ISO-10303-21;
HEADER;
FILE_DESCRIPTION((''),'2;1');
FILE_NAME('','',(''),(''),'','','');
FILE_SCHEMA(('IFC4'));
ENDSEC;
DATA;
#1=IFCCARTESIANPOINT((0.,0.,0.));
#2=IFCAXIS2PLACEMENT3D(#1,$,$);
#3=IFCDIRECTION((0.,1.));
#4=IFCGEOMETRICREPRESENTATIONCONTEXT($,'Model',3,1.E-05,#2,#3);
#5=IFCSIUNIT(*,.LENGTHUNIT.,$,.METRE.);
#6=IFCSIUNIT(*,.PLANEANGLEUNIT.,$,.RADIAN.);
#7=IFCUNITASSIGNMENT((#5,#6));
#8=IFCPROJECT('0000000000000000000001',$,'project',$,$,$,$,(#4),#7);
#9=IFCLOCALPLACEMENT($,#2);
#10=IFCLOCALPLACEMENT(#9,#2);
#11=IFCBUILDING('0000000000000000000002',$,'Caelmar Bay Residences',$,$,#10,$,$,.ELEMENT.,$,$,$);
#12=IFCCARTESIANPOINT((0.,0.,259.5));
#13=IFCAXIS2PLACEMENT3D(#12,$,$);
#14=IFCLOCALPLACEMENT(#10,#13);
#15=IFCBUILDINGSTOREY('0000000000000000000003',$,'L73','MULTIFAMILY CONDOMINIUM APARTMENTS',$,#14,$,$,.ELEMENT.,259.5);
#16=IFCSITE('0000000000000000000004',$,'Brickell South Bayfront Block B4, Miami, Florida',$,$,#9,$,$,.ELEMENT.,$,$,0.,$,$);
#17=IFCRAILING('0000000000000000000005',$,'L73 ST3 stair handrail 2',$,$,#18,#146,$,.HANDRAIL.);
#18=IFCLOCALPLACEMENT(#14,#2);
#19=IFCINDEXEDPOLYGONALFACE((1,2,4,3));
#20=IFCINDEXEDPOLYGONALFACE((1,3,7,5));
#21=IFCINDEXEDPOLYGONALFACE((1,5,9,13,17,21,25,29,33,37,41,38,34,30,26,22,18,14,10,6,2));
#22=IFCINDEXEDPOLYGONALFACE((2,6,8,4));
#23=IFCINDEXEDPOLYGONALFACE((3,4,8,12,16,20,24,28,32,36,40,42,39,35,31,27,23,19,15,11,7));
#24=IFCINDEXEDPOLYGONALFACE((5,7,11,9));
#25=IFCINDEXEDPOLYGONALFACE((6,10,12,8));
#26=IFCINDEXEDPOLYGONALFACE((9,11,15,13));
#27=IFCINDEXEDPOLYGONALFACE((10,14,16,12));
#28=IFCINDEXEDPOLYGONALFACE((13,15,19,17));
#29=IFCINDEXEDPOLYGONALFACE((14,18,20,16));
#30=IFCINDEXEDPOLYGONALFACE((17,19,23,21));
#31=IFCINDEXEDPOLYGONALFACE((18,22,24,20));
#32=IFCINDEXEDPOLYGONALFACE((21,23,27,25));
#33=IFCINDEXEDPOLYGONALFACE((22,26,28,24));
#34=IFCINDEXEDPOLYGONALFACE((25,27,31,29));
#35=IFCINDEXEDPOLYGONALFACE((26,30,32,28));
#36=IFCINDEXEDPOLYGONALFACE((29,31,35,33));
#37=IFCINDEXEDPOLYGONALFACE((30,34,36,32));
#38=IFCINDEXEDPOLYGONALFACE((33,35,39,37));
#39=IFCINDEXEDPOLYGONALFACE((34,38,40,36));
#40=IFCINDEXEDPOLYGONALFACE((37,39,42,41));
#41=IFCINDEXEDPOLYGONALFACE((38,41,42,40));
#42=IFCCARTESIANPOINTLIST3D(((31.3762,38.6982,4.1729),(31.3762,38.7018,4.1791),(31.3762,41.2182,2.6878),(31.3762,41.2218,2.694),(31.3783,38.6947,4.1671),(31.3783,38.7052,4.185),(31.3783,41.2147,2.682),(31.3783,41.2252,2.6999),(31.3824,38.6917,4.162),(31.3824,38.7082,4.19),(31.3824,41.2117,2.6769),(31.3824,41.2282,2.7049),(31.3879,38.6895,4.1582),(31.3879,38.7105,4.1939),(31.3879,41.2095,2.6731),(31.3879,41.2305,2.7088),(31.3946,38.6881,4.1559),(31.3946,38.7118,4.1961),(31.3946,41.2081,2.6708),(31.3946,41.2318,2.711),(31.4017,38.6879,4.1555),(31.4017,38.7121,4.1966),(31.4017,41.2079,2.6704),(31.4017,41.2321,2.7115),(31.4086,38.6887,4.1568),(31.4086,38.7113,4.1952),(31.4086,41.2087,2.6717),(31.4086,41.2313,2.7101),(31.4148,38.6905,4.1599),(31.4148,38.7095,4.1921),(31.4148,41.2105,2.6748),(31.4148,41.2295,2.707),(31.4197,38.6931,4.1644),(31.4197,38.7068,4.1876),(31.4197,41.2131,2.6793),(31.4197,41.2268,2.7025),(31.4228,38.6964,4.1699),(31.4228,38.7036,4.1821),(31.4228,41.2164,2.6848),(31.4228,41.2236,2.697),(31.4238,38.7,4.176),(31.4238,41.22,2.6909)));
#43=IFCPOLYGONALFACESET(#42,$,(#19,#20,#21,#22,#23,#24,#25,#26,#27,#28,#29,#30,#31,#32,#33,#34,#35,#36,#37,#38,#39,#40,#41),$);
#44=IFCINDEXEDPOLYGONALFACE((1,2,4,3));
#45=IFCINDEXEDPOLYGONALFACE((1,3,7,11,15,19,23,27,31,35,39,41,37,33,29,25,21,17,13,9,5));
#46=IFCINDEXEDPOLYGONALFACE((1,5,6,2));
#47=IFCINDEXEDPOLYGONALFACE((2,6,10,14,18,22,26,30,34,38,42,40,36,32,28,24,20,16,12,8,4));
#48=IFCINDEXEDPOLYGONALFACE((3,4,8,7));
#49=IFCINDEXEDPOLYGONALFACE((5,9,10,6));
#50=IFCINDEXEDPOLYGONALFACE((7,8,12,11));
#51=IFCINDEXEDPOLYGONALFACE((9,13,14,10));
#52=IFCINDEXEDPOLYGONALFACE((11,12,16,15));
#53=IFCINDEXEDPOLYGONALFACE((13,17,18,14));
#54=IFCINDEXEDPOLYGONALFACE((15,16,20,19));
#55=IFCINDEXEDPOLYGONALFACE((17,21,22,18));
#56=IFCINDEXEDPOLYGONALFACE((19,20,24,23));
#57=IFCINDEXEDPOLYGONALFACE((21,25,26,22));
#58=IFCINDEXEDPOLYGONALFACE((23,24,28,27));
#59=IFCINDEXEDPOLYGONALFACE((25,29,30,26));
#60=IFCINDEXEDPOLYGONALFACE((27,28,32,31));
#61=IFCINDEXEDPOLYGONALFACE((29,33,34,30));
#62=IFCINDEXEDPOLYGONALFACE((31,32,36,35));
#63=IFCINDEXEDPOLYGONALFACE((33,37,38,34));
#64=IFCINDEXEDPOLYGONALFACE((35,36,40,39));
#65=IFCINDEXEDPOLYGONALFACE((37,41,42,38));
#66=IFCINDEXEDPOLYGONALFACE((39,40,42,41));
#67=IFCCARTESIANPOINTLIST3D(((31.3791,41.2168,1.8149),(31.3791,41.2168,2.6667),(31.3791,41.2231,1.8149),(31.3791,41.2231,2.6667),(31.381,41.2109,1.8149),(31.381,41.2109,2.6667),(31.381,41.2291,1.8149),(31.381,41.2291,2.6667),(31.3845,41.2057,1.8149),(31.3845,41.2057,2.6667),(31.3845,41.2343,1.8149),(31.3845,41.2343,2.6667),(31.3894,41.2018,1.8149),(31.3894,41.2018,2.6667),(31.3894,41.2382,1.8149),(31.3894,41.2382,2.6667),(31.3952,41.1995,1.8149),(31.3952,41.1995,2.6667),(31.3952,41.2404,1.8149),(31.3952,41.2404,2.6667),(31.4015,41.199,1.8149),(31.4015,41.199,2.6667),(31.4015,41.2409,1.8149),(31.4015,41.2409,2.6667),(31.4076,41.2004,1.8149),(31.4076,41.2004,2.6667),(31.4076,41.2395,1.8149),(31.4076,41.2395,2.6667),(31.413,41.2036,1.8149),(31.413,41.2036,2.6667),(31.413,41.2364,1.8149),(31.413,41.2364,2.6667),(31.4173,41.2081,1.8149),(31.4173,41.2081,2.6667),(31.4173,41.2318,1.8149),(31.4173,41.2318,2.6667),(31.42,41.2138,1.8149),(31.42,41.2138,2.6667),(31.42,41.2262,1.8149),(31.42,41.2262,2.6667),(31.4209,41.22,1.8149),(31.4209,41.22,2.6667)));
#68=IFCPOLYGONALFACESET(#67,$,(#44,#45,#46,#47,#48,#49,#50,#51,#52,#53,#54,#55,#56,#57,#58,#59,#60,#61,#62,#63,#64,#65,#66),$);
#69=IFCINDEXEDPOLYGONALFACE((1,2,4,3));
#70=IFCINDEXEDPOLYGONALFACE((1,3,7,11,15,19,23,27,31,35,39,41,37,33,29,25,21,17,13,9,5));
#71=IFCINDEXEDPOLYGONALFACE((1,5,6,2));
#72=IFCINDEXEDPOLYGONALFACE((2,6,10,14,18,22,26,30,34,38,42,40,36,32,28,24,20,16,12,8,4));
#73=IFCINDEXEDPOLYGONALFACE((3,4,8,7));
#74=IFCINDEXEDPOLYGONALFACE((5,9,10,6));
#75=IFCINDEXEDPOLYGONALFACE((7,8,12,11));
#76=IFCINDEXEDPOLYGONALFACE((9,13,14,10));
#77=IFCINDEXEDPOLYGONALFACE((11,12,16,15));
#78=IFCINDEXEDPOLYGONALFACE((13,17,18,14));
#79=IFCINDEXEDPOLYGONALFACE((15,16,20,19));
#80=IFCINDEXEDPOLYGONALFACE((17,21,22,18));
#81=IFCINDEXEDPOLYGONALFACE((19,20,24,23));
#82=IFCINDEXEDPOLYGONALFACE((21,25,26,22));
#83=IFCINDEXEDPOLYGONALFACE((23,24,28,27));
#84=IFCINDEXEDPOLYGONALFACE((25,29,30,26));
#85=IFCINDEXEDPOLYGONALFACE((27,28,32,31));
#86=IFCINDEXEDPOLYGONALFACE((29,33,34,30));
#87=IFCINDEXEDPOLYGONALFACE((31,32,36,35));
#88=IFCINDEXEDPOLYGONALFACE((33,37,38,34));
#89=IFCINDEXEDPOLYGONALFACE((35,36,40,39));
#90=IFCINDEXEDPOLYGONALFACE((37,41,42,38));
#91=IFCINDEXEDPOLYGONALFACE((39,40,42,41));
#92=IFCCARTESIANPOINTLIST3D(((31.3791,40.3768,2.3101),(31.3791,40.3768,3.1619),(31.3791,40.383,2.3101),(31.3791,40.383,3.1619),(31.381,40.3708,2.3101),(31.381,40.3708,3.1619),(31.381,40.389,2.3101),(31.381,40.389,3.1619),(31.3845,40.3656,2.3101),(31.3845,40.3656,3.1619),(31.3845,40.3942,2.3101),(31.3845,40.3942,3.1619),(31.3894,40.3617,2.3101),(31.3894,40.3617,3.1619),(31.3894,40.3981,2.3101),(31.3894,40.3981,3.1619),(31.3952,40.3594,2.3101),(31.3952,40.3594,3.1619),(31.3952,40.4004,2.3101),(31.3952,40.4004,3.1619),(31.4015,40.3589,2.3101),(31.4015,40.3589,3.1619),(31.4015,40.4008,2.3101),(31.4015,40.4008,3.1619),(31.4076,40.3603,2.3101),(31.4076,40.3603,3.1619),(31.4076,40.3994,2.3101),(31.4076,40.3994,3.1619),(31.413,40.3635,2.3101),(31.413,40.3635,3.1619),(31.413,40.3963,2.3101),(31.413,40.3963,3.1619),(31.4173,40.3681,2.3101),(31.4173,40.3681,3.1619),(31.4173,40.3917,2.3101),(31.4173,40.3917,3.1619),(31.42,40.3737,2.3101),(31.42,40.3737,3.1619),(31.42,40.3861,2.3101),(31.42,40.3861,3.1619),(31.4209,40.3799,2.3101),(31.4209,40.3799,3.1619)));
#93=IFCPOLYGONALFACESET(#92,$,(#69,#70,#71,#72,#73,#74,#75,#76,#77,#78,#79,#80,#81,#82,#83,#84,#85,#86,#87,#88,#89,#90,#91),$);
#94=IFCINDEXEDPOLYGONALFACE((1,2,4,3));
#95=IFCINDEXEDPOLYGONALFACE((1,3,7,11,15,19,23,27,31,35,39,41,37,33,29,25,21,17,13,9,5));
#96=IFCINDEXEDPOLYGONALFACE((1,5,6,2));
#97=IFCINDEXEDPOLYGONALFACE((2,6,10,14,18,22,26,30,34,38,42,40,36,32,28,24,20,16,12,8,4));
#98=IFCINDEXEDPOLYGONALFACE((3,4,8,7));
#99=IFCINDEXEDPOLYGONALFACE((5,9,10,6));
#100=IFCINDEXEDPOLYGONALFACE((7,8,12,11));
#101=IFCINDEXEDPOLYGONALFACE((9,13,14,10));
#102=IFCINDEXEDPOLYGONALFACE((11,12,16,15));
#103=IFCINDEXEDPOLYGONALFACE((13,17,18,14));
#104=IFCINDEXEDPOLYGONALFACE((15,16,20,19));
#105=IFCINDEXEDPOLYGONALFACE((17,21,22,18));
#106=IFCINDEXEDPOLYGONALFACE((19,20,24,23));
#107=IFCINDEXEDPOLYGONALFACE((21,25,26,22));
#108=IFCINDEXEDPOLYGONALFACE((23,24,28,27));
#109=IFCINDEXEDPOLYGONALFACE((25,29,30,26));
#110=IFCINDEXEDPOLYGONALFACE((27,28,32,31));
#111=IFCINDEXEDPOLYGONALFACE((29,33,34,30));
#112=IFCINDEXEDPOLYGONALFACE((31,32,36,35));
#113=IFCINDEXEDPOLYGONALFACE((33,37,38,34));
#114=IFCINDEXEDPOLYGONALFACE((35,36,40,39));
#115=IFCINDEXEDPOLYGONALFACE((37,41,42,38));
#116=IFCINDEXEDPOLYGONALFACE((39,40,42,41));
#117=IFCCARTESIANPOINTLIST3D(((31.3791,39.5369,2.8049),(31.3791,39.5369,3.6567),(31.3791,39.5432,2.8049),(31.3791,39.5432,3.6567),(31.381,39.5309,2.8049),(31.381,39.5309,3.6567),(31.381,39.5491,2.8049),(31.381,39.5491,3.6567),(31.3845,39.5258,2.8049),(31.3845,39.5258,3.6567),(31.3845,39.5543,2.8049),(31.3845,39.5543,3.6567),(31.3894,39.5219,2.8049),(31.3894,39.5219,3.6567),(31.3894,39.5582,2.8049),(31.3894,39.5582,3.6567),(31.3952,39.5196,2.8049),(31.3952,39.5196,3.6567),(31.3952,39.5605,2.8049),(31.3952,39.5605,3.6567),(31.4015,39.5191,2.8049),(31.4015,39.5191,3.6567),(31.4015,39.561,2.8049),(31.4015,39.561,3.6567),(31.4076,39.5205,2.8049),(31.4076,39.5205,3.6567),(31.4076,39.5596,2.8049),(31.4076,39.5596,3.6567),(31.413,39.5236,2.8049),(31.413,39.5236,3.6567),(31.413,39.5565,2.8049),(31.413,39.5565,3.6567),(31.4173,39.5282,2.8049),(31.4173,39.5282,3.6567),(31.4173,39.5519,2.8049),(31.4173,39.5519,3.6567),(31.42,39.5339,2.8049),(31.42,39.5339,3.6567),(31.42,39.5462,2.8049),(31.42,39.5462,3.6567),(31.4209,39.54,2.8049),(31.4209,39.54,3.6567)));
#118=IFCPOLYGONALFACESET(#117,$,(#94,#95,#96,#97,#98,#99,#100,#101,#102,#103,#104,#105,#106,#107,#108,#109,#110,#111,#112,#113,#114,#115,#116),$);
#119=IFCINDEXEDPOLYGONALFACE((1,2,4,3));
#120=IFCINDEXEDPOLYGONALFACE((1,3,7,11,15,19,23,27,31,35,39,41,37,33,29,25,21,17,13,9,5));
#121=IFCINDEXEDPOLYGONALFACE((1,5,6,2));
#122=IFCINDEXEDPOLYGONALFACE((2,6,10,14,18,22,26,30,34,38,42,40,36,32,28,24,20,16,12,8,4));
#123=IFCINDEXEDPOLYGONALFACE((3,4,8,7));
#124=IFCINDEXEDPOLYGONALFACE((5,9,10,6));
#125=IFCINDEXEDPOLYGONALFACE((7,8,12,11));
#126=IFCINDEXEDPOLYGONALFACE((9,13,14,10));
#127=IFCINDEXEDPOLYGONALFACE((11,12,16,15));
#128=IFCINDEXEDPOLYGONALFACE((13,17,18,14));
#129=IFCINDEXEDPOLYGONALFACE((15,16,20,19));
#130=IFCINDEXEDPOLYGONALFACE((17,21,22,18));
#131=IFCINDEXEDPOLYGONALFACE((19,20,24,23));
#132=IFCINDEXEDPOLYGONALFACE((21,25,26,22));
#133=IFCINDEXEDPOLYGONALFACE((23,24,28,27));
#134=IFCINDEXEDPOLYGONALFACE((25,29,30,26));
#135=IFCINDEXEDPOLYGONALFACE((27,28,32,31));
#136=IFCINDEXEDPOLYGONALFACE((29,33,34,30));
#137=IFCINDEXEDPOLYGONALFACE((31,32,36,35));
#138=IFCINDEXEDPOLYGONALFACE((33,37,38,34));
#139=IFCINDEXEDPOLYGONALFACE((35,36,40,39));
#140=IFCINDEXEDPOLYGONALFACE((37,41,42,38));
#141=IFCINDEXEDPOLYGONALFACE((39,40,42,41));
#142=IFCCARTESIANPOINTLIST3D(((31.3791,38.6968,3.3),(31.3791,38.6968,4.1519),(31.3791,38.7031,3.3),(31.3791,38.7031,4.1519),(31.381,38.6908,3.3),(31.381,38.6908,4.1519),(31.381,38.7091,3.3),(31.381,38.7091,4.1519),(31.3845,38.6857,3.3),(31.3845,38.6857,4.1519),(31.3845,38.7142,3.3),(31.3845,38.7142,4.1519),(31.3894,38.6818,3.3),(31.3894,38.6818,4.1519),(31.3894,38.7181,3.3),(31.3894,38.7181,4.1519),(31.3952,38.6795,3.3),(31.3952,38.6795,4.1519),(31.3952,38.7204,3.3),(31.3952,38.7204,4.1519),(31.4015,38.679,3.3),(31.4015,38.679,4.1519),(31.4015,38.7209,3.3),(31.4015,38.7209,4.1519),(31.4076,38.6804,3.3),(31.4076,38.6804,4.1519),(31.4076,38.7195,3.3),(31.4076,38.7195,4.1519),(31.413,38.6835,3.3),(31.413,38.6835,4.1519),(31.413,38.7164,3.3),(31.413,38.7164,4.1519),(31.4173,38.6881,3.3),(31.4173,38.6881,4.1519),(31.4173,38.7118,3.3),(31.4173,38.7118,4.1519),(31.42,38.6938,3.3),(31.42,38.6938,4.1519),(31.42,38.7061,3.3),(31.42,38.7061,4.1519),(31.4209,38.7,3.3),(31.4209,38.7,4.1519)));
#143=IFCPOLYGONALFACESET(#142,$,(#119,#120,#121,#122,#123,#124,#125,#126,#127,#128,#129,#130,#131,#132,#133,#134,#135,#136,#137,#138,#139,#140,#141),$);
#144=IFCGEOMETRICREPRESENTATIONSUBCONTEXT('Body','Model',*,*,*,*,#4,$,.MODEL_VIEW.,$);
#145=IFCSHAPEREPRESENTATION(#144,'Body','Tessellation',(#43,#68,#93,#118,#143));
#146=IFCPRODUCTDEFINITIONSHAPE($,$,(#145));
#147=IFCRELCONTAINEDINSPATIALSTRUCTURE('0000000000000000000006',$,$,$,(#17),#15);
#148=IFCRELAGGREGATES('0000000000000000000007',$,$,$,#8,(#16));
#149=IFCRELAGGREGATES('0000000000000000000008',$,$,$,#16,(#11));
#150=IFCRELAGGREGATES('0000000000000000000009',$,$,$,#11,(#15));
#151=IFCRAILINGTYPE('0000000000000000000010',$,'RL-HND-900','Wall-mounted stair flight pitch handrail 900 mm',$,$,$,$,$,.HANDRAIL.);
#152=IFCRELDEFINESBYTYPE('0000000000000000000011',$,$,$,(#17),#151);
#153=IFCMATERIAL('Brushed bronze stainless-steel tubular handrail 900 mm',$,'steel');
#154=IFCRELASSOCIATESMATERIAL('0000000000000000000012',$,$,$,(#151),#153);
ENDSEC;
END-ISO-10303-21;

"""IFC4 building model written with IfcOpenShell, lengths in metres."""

from ifc_helpers import new_model, si_unit, direction, frame, origin, origin_2d, place, context, subcontext, project, spatial, circle, extrude, material, type_object, element, save


model = new_model("IFC4")

# Units and contexts
model_context = context("Model", 3, precision=1e-05, world=origin(), true_north=direction((0.0, 1.0)))
body_context = subcontext(model_context, "Body", "Model", "MODEL_VIEW")
ifc_project = project(units=[si_unit("LENGTHUNIT", "METRE"), si_unit("PLANEANGLEUNIT", "RADIAN")], contexts=[model_context])

# Site, building, storey
site_placement = place(None, origin())
site = spatial("IfcSite", under=ifc_project, at=site_placement, Name="Brickell South Bayfront Block B4, Miami, Florida", CompositionType="ELEMENT", RefElevation=0.0)
building_placement = place(site_placement, origin())
building = spatial("IfcBuilding", under=site, at=building_placement, Name="Caelmar Bay Residences", CompositionType="ELEMENT")
storey_placement = place(building_placement, frame((0.0, 0.0, 259.5)))
storey = spatial("IfcBuildingStorey", under=building, at=storey_placement, Name="L73", Description="MULTIFAMILY CONDOMINIUM APARTMENTS", CompositionType="ELEMENT", Elevation=259.5)

# Railing
ifc_material_1 = material(Name="Brushed bronze stainless-steel tubular handrail 900 mm", Category="steel")
railing_type_1 = type_object("IfcRailingType", Name="RL-HND-900", Description="Wall-mounted stair flight pitch handrail 900 mm", PredefinedType="HANDRAIL", material=ifc_material_1)
railing_1_placement = place(storey_placement, frame((31.3999, 41.22, 1.8149)))
element("IfcRailing", 1, at=railing_1_placement, inside=storey, type_object=railing_type_1, Name="L73 ST3 stair handrail 2", PredefinedType="HANDRAIL", context=body_context, shape_type="SweptSolid", body=[
    extrude(circle(Radius=0.0239, at=origin_2d()), frame((0.0, 0.0, 0.876), z_axis=(0.0, -0.861524, 0.507717), x_axis=(1.0, 0.0, 0.0)), (0.0, 0.0, 1.0), 2.925),
    extrude(circle(Radius=0.021, at=origin_2d()), origin(), (0.0, 0.0, 1.0), 0.8518),
    extrude(circle(Radius=0.021, at=origin_2d()), frame((0.0, -0.8401, 0.4951)), (0.0, 0.0, 1.0), 0.8518),
    extrude(circle(Radius=0.021, at=origin_2d()), frame((0.0, -1.6799, 0.99)), (0.0, 0.0, 1.0), 0.8518),
    extrude(circle(Radius=0.021, at=origin_2d()), frame((0.0, -2.52, 1.4851)), (0.0, 0.0, 1.0), 0.8518),
])

save(model, "model.ifc")
